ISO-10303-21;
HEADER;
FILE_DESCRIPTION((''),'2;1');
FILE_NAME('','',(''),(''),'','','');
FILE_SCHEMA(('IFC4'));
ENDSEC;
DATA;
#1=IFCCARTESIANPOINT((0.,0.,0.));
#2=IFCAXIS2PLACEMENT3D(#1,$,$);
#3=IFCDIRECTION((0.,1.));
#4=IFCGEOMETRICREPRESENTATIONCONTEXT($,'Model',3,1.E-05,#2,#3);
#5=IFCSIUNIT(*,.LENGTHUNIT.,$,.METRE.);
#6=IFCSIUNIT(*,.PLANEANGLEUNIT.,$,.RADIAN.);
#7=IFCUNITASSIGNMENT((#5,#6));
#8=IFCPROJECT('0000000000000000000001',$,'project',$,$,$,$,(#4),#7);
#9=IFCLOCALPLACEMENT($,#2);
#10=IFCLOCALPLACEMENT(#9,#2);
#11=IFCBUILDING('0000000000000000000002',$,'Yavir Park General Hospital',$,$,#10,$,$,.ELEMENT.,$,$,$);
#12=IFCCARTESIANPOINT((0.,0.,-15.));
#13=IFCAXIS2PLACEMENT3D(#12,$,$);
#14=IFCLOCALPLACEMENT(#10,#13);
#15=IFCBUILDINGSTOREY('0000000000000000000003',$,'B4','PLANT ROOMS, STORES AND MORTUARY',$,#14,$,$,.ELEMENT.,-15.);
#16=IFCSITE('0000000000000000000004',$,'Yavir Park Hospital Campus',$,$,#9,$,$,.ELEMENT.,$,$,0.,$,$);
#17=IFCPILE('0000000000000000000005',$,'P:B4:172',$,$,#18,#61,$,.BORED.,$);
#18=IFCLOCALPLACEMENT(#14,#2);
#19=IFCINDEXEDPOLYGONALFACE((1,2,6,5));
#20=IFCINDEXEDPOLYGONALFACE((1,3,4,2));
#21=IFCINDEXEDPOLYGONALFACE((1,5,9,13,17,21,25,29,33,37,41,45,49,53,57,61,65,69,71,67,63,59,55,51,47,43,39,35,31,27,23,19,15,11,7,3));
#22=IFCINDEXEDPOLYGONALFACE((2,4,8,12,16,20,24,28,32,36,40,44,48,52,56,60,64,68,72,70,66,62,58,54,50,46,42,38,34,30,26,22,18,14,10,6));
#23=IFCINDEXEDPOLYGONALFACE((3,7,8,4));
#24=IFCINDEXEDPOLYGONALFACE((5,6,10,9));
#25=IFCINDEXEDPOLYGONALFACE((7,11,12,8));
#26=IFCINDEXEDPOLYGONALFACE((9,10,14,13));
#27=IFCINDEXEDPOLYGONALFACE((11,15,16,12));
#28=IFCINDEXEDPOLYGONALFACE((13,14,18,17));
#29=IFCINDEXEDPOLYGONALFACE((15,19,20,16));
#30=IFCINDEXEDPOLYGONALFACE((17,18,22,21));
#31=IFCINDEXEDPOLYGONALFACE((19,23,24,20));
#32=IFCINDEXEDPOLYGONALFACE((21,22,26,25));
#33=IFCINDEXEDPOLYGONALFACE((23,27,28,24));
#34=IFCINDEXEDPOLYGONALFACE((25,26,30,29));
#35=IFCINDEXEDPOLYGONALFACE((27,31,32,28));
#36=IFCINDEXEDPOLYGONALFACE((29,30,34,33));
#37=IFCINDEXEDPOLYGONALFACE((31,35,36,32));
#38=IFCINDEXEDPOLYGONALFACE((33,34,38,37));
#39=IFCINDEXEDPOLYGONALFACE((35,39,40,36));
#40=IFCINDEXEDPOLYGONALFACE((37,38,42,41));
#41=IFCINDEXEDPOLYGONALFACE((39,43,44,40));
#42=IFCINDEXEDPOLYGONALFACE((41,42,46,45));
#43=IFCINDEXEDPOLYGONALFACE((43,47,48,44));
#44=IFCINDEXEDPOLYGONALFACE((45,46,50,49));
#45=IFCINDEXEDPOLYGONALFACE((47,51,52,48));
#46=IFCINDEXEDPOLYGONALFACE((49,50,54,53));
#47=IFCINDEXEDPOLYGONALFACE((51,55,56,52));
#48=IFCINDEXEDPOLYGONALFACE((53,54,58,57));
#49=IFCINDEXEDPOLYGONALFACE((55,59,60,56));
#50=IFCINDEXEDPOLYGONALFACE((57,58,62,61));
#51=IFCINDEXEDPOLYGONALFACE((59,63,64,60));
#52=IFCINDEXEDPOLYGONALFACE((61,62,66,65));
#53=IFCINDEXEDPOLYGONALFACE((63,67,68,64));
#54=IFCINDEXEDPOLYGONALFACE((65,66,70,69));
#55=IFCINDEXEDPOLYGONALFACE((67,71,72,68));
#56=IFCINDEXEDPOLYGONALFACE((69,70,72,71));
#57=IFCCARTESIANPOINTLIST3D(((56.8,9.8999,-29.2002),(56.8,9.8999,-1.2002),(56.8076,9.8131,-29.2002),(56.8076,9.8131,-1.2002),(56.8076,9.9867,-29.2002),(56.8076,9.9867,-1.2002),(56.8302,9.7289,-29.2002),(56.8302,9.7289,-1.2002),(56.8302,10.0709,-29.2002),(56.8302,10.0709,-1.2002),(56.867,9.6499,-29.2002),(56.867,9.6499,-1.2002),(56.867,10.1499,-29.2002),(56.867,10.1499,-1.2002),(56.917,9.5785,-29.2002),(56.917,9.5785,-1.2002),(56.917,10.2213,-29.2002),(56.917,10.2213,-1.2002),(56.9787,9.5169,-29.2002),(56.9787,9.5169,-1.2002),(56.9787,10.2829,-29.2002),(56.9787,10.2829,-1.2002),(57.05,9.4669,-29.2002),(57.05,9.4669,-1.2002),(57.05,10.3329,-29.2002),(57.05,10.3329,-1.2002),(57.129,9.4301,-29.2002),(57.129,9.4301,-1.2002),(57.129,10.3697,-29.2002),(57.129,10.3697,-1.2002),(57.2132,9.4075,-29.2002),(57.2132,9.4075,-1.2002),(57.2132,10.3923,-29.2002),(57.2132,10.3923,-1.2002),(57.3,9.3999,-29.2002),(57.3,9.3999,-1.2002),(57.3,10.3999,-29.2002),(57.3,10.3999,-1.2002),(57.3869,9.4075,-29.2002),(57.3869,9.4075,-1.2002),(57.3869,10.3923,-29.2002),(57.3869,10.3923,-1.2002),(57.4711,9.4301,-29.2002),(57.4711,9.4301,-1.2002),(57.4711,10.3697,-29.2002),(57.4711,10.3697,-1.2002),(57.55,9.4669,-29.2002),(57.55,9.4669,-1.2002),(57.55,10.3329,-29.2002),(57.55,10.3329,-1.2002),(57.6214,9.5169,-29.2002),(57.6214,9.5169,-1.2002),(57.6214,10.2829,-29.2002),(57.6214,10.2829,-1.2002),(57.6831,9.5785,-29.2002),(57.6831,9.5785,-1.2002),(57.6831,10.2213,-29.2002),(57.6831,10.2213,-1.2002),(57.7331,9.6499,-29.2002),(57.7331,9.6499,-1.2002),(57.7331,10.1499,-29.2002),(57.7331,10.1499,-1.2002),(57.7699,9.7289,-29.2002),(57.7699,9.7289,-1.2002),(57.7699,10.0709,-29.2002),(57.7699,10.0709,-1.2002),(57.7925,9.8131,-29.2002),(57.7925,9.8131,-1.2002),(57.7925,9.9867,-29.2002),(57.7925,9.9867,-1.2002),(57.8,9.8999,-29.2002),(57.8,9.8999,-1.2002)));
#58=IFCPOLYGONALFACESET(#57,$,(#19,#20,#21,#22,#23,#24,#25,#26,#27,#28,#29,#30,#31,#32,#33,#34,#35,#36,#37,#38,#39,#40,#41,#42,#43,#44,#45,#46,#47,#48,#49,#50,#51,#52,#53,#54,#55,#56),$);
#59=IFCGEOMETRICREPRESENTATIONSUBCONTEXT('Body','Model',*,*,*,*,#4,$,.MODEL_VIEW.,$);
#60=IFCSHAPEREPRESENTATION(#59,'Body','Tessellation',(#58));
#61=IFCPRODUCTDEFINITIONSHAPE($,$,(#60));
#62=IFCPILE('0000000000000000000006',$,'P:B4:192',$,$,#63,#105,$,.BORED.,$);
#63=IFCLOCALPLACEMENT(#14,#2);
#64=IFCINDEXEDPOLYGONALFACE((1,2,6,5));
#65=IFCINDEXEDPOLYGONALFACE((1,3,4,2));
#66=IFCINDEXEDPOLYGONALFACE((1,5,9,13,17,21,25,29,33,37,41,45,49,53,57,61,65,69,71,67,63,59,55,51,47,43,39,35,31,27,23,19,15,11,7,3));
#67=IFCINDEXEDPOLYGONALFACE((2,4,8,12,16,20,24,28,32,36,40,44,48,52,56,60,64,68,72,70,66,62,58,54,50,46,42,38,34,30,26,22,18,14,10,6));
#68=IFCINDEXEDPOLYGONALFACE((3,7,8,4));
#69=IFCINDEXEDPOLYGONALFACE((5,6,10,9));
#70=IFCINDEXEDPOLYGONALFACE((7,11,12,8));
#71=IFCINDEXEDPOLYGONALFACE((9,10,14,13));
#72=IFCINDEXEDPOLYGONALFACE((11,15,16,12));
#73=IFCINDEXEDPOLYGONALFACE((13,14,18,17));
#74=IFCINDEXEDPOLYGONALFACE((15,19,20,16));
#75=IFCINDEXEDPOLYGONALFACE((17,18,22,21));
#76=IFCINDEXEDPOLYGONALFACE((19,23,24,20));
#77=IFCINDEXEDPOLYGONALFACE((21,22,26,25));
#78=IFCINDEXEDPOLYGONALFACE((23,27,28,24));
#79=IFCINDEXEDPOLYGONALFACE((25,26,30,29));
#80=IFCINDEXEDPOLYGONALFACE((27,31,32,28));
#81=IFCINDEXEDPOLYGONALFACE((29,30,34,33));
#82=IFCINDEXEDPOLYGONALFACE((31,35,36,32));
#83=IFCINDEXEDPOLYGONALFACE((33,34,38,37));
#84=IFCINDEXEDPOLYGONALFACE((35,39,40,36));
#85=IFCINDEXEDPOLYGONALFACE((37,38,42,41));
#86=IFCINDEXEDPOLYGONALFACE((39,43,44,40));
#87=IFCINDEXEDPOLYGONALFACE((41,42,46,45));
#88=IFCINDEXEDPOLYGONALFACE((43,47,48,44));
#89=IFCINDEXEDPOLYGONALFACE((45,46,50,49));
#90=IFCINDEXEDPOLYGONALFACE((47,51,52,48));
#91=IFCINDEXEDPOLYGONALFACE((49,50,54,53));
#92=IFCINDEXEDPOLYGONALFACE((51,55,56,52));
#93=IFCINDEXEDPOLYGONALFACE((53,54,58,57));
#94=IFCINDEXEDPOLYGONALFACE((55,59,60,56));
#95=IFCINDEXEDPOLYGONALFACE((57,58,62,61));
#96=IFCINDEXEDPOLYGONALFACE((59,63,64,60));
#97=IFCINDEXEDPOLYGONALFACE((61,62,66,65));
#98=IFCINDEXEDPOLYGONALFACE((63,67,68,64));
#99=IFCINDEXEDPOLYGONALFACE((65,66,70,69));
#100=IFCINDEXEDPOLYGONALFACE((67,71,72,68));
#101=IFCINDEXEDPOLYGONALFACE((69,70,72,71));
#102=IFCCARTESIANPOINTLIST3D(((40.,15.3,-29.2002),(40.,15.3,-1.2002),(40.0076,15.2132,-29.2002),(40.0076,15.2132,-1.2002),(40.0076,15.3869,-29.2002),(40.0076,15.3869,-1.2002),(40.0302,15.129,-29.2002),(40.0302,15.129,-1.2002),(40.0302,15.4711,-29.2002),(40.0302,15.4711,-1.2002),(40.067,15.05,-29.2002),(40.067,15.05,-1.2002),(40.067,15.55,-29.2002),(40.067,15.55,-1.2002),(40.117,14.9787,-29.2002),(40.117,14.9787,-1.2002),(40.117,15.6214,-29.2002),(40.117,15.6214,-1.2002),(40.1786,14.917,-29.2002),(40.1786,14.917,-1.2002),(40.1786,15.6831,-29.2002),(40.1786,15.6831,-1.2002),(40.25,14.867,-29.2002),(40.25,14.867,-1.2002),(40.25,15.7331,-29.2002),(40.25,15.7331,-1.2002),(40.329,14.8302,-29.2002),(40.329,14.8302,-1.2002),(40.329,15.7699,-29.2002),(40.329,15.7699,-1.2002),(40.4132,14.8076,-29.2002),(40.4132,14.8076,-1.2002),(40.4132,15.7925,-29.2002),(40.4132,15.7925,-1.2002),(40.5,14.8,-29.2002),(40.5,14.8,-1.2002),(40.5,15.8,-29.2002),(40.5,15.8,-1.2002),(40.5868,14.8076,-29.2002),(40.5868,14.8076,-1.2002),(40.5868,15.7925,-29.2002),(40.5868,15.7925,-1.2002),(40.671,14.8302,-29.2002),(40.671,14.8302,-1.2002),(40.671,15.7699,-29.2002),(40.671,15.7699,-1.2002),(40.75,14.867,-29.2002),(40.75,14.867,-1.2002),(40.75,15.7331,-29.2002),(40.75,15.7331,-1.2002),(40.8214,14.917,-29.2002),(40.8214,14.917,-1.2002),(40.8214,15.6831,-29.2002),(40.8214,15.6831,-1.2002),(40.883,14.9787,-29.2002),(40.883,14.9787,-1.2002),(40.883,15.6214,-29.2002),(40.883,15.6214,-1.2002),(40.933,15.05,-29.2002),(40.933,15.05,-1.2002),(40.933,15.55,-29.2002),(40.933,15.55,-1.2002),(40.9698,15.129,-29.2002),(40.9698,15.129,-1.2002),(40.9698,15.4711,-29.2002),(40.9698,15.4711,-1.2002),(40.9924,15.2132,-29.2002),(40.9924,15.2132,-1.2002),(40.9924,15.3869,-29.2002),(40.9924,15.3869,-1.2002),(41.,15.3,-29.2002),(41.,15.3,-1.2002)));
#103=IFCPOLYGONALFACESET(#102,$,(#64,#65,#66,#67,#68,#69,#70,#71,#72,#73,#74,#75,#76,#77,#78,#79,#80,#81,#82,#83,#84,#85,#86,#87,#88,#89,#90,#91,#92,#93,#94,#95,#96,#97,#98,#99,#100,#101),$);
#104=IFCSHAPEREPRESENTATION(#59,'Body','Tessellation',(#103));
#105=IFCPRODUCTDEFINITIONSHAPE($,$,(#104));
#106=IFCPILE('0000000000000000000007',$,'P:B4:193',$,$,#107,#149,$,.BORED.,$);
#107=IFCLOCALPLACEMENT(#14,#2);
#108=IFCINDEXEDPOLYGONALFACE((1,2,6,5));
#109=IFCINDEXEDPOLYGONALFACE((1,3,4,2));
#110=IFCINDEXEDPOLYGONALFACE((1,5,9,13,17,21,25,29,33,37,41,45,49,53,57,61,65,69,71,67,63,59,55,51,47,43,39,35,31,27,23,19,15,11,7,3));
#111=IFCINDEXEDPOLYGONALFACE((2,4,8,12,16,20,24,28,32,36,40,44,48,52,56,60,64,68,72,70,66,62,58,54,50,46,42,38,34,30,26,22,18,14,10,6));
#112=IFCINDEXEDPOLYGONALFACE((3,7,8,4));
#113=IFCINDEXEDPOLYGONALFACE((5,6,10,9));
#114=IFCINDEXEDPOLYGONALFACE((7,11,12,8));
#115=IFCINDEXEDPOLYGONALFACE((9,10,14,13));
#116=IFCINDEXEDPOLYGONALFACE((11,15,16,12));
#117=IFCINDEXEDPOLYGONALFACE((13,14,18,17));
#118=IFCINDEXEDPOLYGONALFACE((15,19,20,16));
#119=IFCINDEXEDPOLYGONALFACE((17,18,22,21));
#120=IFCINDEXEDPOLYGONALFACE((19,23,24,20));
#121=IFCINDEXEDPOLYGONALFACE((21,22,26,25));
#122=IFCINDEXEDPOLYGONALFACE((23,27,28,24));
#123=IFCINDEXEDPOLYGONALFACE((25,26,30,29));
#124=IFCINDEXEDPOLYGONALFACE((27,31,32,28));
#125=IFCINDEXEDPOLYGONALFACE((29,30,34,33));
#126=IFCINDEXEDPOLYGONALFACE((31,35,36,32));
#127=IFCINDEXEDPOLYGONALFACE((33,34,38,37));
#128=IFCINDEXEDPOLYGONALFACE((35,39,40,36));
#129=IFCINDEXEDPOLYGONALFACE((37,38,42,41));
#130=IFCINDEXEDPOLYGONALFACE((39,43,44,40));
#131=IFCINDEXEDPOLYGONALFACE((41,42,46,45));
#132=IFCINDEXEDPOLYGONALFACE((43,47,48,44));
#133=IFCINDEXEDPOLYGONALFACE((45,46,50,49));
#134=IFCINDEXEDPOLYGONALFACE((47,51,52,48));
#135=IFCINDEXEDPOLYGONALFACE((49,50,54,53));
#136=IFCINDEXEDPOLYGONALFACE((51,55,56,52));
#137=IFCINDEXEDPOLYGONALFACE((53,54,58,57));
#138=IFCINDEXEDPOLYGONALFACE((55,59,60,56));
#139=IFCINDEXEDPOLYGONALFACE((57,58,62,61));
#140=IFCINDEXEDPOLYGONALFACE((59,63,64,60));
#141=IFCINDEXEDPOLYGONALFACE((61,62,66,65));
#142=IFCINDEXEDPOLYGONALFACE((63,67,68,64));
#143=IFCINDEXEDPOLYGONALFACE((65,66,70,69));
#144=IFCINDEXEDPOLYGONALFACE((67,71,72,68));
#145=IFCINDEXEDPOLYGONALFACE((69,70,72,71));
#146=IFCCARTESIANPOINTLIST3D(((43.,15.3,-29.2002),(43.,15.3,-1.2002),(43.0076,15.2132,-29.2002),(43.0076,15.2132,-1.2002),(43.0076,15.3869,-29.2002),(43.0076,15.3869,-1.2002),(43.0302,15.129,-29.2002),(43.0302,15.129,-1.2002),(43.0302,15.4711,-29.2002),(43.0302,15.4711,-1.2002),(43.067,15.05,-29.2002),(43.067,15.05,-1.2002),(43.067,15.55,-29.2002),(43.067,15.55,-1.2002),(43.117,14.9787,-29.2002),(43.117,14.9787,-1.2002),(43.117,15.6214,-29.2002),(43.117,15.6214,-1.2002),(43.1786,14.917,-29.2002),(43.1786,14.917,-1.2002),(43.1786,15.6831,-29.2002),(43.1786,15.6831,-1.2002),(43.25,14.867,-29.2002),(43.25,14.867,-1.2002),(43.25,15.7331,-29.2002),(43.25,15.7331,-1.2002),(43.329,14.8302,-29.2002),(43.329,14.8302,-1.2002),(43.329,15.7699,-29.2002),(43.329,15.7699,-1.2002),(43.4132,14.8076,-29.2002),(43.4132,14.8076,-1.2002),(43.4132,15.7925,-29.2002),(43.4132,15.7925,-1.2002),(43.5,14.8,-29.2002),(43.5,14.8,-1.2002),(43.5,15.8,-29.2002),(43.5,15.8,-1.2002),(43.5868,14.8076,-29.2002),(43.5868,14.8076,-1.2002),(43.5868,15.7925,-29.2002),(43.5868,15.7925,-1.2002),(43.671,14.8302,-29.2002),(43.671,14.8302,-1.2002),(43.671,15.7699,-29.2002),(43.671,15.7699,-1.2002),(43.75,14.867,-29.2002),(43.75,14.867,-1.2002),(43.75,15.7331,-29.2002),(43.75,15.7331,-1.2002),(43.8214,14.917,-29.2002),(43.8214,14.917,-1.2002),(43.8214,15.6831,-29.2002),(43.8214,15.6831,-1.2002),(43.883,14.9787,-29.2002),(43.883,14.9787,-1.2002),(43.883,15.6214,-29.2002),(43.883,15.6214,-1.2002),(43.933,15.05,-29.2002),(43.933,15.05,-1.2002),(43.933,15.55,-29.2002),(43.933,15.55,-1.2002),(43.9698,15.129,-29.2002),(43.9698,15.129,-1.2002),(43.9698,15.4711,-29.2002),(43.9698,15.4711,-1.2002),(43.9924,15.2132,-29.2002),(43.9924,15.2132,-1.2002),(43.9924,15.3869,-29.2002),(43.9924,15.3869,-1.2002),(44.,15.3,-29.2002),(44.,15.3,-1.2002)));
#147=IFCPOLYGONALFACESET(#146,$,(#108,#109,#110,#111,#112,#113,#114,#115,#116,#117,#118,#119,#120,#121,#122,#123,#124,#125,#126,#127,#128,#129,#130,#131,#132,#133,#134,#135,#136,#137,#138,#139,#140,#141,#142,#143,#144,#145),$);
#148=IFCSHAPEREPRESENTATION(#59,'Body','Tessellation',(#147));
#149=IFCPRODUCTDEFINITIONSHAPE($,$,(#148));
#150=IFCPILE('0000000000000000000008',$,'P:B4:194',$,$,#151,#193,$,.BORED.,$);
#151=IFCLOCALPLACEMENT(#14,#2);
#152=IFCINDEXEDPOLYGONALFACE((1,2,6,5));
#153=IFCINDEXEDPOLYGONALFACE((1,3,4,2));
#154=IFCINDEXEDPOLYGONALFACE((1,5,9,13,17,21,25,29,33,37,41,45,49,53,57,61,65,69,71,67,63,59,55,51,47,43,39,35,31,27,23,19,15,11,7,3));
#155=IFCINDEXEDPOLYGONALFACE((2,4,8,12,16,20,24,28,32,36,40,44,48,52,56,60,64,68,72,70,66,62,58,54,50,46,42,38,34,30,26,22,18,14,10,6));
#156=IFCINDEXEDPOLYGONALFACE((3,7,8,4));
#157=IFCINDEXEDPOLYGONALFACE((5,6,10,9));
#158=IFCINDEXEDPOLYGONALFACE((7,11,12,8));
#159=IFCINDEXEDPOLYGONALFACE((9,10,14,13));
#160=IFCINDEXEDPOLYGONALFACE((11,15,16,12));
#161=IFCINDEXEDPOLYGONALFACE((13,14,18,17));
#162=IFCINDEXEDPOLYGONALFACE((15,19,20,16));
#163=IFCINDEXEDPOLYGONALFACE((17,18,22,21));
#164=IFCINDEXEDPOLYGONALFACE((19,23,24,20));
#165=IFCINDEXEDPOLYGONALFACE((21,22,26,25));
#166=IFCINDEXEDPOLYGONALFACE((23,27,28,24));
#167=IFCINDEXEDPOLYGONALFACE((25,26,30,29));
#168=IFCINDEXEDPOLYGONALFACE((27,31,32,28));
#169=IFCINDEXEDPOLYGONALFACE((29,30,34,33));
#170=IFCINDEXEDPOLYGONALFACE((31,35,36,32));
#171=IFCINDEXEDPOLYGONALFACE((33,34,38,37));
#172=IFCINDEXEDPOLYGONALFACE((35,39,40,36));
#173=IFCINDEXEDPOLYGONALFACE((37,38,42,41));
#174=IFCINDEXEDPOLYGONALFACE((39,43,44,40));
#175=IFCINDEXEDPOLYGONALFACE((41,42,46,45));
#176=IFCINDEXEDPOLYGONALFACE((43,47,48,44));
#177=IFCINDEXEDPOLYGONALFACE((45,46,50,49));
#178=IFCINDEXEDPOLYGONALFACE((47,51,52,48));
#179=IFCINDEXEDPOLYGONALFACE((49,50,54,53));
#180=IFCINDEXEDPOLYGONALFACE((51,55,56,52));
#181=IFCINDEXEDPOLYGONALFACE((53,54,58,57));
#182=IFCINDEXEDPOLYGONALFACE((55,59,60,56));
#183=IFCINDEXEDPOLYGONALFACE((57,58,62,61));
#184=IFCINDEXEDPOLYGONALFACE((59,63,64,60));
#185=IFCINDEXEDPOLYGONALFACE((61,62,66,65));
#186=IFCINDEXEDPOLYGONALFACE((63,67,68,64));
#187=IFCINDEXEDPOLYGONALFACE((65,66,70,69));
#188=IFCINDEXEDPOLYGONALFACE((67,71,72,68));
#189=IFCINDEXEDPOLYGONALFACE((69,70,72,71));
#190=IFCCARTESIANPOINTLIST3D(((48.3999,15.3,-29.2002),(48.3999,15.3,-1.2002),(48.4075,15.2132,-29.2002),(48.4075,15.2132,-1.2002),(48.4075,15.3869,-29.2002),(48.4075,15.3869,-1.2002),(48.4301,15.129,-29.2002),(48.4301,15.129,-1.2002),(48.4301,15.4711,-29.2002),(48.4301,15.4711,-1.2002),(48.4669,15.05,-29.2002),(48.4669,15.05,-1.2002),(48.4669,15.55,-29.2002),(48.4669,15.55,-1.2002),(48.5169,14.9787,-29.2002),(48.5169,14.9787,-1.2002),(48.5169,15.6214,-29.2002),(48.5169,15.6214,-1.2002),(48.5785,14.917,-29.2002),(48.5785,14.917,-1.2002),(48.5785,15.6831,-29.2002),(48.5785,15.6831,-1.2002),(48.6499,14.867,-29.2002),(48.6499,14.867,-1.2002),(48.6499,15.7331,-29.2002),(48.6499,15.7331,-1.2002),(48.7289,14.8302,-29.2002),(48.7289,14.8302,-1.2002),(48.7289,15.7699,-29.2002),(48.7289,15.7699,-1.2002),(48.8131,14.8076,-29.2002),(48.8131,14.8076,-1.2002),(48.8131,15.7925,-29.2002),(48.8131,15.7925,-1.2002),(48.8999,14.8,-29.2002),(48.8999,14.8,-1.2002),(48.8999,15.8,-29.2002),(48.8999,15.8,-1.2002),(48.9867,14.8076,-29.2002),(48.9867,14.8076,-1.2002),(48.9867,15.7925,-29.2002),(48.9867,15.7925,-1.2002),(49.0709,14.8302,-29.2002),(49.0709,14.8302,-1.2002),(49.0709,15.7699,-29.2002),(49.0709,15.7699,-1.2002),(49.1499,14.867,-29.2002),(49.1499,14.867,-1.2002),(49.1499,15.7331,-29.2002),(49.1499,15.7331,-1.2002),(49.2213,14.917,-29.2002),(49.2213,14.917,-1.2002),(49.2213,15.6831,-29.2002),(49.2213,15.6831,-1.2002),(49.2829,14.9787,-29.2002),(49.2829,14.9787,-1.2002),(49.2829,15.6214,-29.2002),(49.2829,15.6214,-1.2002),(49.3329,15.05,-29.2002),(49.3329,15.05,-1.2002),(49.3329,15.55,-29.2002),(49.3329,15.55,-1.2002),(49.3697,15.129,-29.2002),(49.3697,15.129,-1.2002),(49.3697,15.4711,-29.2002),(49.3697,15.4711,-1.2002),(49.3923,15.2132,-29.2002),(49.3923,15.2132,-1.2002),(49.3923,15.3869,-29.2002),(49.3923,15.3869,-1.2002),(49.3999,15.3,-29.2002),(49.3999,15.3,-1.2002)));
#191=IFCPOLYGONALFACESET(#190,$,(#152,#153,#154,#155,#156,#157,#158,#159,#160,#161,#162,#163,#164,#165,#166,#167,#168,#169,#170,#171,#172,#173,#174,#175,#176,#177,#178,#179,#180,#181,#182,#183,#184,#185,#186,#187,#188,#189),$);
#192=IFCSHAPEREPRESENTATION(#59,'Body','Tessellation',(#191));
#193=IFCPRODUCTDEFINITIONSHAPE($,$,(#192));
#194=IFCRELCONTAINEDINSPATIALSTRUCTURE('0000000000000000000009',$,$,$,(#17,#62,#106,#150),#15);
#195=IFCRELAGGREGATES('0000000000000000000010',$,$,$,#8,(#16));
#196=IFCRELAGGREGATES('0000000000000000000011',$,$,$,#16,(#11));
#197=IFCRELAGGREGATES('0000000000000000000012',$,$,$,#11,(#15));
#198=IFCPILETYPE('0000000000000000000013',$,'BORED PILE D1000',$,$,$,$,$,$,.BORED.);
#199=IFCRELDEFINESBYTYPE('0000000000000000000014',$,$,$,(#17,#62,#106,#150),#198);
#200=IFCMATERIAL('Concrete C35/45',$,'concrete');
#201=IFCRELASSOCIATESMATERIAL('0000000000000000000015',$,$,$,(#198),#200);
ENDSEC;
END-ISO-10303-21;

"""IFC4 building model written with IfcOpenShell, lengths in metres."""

from ifc_helpers import new_model, si_unit, direction, frame, origin, origin_2d, place, context, subcontext, project, spatial, circle, extrude, material, material_profile, profile_set, type_object, element, save


model = new_model("IFC4")

# Units and contexts
model_context = context("Model", 3, precision=1e-05, world=origin(), true_north=direction((0.0, 1.0)))
body_context = subcontext(model_context, "Body", "Model", "MODEL_VIEW")
ifc_project = project(units=[si_unit("LENGTHUNIT", "METRE"), si_unit("PLANEANGLEUNIT", "RADIAN")], contexts=[model_context])

# Site, building, storey
site_placement = place(None, origin())
site = spatial("IfcSite", under=ifc_project, at=site_placement, Name="Yavir Park Hospital Campus", CompositionType="ELEMENT", RefElevation=0.0)
building_placement = place(site_placement, origin())
building = spatial("IfcBuilding", under=site, at=building_placement, Name="Yavir Park General Hospital", CompositionType="ELEMENT")
storey_placement = place(building_placement, frame((0.0, 0.0, -15.0)))
storey = spatial("IfcBuildingStorey", under=building, at=storey_placement, Name="B4", Description="PLANT ROOMS, STORES AND MORTUARY", CompositionType="ELEMENT", Elevation=-15.0)

# Piles
ifc_material_1 = material(Name="Concrete C35/45", Category="concrete")
ifc_material_profile_1 = material_profile(ifc_material_1, circle(Radius=0.5, at=origin_2d()), Name="D1000")
ifc_profile_set_1 = profile_set([ifc_material_profile_1], Name="Concrete C35/45")
pile_type = type_object("IfcPileType", Name="BORED PILE D1000", PredefinedType="BORED", material=ifc_profile_set_1)
for number, where, z_axis, x_axis, name in (
    (1, (57.3, 9.8999, -1.2002), (0.0, 0.0, -1.0), (1.0, 0.0, 0.0), "P:B4:172"),
    (2, (40.5, 15.3, -1.2002), (0.0, 0.0, -1.0), (1.0, 0.0, 0.0), "P:B4:192"),
    (3, (43.5, 15.3, -1.2002), (0.0, 0.0, -1.0), (1.0, 0.0, 0.0), "P:B4:193"),
    (4, (48.8999, 15.3, -1.2002), (0.0, 0.0, -1.0), (1.0, 0.0, 0.0), "P:B4:194"),
):
    element("IfcPile", number, at=place(storey_placement, frame(where, z_axis=z_axis, x_axis=x_axis)), inside=storey, type_object=pile_type, Name=name, PredefinedType="BORED", context=body_context, shape_type="SweptSolid", body=[
        extrude(circle(Radius=0.5, at=origin_2d()), origin(), (0.0, 0.0, 1.0), 28.0),
    ])

save(model, "model.ifc")
